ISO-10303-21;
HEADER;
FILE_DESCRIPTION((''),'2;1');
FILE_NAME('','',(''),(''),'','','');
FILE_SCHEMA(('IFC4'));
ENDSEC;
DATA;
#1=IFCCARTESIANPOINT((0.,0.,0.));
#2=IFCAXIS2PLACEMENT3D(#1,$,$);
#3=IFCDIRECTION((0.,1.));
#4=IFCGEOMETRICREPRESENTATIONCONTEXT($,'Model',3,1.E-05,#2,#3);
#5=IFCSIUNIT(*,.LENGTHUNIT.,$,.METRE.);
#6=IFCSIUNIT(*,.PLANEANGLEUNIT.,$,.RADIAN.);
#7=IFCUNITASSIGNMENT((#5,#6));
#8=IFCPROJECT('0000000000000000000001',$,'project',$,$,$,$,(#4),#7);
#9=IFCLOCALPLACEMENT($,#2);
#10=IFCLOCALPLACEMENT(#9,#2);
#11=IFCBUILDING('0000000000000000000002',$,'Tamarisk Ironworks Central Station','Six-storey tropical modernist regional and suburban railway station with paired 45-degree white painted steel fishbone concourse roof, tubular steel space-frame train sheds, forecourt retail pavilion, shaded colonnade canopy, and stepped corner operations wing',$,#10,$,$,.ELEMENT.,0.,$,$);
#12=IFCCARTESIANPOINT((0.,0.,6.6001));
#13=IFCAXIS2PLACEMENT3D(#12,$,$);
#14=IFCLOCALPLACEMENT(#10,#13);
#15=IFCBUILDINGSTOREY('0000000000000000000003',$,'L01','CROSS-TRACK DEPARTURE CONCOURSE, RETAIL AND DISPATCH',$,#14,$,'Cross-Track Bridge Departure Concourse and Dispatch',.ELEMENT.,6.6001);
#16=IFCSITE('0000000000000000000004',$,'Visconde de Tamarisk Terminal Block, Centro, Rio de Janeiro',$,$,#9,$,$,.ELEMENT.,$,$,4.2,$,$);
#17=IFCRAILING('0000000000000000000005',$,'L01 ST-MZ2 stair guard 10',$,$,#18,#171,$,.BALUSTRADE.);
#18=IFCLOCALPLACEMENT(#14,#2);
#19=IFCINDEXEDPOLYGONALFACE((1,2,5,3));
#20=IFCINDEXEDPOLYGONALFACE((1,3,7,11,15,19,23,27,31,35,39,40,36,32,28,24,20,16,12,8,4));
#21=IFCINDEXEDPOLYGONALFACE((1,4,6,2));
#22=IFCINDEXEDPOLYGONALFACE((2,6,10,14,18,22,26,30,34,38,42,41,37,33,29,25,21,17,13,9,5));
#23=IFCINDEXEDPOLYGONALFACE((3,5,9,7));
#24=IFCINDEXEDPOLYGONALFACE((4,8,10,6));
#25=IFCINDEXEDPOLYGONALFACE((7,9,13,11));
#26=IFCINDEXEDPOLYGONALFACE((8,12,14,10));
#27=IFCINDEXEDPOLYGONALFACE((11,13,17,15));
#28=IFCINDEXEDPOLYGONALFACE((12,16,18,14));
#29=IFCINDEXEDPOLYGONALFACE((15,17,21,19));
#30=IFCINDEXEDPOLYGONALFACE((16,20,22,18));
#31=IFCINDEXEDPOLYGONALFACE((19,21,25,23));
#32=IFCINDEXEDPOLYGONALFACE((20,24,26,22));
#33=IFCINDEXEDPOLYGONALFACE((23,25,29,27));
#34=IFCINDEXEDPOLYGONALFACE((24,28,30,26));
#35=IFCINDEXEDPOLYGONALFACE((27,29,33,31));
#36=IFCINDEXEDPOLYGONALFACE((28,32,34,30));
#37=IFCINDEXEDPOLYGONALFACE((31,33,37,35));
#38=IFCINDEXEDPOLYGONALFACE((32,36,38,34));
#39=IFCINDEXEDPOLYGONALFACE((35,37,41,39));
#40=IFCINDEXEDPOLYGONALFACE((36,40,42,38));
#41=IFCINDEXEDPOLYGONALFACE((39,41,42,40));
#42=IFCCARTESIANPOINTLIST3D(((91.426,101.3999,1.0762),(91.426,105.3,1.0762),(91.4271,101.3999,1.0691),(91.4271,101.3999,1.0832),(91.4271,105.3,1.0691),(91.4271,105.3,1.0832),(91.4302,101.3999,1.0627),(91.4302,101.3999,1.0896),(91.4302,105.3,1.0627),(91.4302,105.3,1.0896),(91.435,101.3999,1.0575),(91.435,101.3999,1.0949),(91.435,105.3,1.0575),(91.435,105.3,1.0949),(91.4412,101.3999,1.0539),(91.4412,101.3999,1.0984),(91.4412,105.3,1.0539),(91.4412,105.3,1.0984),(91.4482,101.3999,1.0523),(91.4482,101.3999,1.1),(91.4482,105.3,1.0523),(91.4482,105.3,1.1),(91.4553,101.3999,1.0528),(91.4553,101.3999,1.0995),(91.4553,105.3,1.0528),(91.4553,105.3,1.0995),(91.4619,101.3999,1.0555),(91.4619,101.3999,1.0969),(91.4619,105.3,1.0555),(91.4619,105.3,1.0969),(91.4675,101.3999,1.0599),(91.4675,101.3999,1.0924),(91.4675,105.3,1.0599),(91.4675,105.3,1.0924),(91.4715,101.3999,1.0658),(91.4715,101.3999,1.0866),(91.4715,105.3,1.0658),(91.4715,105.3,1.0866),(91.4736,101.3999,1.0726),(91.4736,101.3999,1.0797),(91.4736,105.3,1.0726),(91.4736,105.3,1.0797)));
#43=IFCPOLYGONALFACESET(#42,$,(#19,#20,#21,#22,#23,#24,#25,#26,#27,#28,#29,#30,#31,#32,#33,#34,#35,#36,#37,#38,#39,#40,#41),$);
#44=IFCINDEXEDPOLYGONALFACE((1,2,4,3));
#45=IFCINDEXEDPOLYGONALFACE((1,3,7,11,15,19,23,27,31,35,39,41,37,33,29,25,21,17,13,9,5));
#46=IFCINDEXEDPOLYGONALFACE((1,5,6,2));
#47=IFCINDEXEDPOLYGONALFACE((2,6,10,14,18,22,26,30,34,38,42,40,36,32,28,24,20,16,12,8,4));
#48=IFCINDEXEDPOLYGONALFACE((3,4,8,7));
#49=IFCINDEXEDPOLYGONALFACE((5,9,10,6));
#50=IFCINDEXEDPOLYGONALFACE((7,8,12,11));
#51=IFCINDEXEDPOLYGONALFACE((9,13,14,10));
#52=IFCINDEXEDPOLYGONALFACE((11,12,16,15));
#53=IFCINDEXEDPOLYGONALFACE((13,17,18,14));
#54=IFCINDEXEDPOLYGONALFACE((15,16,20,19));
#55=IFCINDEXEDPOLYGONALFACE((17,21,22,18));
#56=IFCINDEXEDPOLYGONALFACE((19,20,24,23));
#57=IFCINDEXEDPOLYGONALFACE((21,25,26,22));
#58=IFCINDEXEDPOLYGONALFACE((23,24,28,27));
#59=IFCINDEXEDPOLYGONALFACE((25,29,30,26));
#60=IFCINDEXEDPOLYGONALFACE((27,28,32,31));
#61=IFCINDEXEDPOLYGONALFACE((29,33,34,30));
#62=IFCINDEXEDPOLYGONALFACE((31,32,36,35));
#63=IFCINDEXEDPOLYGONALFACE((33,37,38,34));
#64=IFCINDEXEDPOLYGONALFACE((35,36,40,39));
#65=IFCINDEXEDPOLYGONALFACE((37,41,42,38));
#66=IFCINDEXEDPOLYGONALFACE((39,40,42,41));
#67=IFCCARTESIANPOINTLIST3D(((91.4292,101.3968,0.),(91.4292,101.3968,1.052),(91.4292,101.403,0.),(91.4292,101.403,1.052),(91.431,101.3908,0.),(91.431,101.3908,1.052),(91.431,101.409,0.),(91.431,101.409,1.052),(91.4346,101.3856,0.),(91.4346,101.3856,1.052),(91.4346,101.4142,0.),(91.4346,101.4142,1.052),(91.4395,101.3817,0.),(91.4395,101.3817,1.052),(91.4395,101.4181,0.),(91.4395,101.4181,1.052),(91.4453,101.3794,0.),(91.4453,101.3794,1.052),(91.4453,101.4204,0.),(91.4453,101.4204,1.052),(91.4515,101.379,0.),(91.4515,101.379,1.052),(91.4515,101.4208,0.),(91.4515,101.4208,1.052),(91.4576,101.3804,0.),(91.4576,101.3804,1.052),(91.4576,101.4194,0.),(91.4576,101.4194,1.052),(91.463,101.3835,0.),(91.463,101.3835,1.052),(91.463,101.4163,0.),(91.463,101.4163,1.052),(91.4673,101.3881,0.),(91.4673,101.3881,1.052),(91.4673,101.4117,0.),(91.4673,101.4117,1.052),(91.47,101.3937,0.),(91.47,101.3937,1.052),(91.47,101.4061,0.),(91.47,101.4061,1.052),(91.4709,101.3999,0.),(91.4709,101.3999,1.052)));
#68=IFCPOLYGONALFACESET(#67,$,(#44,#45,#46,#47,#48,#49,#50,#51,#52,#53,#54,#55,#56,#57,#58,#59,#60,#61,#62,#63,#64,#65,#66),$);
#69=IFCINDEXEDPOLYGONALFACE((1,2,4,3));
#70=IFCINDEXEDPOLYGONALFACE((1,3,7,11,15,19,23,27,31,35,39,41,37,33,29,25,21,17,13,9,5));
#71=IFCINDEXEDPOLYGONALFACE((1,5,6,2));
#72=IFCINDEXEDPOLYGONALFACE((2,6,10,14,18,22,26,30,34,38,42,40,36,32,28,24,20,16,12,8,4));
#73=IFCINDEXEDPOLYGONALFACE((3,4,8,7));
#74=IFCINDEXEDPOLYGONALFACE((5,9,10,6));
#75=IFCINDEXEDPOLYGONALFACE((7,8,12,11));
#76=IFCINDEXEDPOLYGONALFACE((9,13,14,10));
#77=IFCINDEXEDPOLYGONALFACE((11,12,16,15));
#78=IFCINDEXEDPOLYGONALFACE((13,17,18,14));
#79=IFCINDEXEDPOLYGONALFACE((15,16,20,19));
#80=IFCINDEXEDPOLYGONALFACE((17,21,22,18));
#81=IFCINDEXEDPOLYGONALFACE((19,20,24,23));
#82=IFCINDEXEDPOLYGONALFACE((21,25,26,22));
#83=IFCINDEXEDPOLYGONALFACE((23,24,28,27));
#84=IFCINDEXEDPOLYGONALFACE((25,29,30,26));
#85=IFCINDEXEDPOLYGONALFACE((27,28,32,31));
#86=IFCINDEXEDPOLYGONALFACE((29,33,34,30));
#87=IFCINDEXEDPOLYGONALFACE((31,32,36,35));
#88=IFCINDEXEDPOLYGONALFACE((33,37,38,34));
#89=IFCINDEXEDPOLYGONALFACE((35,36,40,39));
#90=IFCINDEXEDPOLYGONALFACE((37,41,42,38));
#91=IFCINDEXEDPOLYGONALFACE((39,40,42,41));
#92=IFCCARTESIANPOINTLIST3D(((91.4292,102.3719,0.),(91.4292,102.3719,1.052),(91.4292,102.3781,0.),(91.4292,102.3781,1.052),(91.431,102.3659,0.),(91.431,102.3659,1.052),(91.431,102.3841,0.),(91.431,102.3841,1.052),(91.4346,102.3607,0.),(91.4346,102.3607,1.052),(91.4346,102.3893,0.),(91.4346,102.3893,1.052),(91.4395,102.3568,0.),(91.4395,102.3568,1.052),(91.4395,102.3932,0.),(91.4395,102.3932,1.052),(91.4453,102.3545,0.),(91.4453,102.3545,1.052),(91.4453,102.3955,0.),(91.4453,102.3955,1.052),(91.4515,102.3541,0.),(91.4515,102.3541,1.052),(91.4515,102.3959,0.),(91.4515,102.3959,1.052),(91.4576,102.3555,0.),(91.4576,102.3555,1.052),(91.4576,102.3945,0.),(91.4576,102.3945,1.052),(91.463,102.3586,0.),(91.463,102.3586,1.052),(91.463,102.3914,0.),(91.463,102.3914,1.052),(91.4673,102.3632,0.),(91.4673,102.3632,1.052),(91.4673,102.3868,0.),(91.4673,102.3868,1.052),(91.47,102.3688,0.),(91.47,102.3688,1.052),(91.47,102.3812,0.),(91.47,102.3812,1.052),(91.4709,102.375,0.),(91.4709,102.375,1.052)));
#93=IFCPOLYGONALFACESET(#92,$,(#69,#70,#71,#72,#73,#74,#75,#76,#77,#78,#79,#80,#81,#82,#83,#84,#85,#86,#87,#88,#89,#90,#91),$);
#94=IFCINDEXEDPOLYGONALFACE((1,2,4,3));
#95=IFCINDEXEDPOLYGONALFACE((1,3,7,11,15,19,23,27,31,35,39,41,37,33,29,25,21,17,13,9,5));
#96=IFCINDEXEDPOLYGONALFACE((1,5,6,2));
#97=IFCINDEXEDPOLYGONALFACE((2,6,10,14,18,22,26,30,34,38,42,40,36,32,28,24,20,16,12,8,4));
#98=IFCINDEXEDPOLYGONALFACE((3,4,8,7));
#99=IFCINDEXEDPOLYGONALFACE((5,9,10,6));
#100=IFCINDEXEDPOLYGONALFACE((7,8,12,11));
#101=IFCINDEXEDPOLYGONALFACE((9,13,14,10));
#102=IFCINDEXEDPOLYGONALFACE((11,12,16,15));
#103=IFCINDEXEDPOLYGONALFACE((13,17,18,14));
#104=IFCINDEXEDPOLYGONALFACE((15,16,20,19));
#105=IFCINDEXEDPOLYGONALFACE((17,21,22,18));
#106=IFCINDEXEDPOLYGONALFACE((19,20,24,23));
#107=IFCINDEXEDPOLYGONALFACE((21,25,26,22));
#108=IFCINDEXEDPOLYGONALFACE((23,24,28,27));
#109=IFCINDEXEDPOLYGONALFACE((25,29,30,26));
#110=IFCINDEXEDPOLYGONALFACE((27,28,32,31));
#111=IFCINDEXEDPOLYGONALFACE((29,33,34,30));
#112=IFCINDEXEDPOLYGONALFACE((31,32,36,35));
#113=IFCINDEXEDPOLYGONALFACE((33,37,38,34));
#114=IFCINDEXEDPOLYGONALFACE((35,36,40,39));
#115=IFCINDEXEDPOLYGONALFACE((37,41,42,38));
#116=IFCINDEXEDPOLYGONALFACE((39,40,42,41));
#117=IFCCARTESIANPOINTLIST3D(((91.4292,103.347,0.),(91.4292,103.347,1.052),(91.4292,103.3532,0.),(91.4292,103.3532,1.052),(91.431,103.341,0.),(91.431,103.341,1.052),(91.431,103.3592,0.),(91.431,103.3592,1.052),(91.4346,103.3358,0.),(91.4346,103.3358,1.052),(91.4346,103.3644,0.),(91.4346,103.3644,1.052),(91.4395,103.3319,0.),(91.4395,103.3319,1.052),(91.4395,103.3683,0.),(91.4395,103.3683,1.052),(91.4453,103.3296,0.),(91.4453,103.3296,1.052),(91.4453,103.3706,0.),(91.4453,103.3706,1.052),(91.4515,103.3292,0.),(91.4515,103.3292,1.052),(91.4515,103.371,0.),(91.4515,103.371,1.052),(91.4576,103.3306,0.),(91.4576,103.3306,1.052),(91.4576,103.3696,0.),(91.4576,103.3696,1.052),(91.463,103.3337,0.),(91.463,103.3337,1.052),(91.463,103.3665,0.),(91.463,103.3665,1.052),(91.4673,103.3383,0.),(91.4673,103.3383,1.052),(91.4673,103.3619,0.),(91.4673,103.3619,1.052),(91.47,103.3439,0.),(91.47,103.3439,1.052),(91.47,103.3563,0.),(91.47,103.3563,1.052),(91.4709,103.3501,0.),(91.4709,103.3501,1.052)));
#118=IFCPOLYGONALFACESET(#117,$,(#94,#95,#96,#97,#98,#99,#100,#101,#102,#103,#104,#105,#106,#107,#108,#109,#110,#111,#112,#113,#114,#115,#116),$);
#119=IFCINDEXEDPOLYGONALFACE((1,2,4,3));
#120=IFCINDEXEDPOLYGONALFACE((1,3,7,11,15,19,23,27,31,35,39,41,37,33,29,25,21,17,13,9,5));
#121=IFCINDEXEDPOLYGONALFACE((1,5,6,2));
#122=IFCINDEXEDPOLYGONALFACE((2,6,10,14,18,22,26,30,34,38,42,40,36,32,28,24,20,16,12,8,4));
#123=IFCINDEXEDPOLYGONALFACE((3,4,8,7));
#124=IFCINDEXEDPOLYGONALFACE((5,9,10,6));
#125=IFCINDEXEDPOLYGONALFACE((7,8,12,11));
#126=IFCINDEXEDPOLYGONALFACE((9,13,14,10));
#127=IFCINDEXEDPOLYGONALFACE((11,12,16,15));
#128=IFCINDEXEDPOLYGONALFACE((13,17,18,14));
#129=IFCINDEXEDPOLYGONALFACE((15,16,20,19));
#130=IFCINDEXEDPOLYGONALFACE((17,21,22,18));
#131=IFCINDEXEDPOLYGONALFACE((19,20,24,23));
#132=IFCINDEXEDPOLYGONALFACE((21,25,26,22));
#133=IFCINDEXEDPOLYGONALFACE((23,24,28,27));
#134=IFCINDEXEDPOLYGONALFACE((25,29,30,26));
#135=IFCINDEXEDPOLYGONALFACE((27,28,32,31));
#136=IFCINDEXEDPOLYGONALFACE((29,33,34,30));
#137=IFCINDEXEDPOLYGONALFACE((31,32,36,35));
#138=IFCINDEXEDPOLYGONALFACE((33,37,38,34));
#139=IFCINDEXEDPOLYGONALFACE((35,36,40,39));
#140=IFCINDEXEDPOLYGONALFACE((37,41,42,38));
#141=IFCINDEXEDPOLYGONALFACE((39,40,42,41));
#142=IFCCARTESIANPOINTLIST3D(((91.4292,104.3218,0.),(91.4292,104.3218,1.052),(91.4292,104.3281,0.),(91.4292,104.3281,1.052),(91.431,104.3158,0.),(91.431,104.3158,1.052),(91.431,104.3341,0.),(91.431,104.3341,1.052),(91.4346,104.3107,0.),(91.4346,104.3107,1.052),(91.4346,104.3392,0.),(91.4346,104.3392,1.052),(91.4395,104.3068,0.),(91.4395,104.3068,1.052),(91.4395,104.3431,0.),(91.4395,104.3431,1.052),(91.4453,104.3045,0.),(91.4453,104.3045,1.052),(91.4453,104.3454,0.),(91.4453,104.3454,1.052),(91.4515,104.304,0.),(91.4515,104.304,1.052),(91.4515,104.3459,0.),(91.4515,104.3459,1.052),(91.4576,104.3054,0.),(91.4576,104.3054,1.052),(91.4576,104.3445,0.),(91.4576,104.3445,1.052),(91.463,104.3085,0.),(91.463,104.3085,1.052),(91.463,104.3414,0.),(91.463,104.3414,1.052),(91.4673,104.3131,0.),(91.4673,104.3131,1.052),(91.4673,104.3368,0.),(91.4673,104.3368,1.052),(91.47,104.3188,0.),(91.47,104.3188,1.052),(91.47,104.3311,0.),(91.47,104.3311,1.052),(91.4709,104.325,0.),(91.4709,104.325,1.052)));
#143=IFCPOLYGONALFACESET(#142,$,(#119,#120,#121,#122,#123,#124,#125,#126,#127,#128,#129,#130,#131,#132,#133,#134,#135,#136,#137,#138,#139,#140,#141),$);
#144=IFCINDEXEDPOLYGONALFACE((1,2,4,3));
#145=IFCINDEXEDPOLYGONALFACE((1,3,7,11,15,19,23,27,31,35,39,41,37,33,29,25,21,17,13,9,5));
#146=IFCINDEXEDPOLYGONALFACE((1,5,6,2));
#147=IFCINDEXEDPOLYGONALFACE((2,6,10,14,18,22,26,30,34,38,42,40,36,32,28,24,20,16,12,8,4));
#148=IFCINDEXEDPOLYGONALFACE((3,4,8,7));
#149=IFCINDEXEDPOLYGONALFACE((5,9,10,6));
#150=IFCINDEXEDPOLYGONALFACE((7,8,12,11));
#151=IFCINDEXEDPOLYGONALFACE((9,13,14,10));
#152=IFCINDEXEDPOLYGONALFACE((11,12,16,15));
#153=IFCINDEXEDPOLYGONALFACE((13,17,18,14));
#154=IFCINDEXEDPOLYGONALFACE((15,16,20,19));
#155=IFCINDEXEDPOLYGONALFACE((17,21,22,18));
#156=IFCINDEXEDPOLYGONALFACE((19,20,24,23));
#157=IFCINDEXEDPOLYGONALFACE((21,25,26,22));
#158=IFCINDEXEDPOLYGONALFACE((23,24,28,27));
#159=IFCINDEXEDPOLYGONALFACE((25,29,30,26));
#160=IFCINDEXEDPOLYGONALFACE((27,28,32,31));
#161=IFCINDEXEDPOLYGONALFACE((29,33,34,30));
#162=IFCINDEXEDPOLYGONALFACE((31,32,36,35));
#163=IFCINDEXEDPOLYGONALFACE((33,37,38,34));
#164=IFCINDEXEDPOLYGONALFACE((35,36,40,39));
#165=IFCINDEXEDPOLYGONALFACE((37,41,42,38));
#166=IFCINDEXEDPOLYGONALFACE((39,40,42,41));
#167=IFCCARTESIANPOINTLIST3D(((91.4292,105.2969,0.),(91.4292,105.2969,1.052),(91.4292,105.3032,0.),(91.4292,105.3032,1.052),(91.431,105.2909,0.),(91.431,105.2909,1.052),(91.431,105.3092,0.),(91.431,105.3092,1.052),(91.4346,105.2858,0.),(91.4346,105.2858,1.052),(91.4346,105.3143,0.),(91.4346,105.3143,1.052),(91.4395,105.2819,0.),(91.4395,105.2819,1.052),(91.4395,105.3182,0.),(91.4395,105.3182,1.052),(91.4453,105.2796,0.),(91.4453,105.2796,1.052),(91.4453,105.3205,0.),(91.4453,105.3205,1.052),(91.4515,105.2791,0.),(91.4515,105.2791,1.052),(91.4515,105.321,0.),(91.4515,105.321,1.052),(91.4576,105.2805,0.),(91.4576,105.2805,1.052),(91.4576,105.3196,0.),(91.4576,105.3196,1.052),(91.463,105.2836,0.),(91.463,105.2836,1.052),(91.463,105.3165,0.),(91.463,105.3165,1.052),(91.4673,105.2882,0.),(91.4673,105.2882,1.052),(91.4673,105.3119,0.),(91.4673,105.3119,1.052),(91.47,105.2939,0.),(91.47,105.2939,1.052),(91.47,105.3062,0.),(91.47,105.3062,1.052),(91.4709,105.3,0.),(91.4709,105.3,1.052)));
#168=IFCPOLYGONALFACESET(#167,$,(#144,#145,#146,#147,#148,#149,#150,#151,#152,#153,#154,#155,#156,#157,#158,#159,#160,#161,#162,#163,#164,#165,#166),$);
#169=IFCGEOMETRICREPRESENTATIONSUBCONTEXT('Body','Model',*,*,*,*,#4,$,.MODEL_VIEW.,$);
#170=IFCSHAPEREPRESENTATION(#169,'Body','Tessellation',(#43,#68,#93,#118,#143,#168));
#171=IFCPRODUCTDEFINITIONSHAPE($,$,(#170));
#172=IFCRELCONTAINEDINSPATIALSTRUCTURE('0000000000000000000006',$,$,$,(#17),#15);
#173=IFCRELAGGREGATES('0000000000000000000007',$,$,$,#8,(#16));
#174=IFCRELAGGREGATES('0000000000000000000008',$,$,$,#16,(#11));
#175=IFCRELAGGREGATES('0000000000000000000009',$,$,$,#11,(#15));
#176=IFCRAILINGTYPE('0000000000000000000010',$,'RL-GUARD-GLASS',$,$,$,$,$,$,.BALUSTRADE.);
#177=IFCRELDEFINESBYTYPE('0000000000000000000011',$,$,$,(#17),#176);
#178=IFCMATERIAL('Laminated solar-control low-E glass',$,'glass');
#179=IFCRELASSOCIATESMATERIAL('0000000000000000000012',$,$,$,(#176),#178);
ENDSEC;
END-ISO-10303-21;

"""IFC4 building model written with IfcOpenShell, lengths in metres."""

from ifc_helpers import new_model, si_unit, direction, frame, origin, origin_2d, place, context, subcontext, project, spatial, circle, extrude, material, type_object, element, save


model = new_model("IFC4")

# Units and contexts
model_context = context("Model", 3, precision=1e-05, world=origin(), true_north=direction((0.0, 1.0)))
body_context = subcontext(model_context, "Body", "Model", "MODEL_VIEW")
ifc_project = project(units=[si_unit("LENGTHUNIT", "METRE"), si_unit("PLANEANGLEUNIT", "RADIAN")], contexts=[model_context])

# Site, building, storey
site_placement = place(None, origin())
site = spatial("IfcSite", under=ifc_project, at=site_placement, Name="Visconde de Tamarisk Terminal Block, Centro, Rio de Janeiro", CompositionType="ELEMENT", RefElevation=4.2)
building_placement = place(site_placement, origin())
building = spatial("IfcBuilding", under=site, at=building_placement, Name="Tamarisk Ironworks Central Station", Description="Six-storey tropical modernist regional and suburban railway station with paired 45-degree white painted steel fishbone concourse roof, tubular steel space-frame train sheds, forecourt retail pavilion, shaded colonnade canopy, and stepped corner operations wing", CompositionType="ELEMENT", ElevationOfRefHeight=0.0)
storey_placement = place(building_placement, frame((0.0, 0.0, 6.6001)))
storey = spatial("IfcBuildingStorey", under=building, at=storey_placement, Name="L01", Description="CROSS-TRACK DEPARTURE CONCOURSE, RETAIL AND DISPATCH", LongName="Cross-Track Bridge Departure Concourse and Dispatch", CompositionType="ELEMENT", Elevation=6.6001)

# Shared definitions
ifc_material_1 = material(Name="Laminated solar-control low-E glass", Category="glass")

# Railing
railing_type_1 = type_object("IfcRailingType", Name="RL-GUARD-GLASS", PredefinedType="BALUSTRADE", material=ifc_material_1)
railing_1_placement = place(storey_placement, frame((91.45, 101.3999, 0.0)))
element("IfcRailing", 1, at=railing_1_placement, inside=storey, type_object=railing_type_1, Name="L01 ST-MZ2 stair guard 10", PredefinedType="BALUSTRADE", context=body_context, shape_type="SweptSolid", body=[
    extrude(circle(Radius=0.0239, at=origin_2d()), frame((0.0, 0.0, 1.0762), z_axis=(0.0, 1.0, 0.0), x_axis=(-1.0, 0.0, 0.0)), (0.0, 0.0, 1.0), 3.9001),
    extrude(circle(Radius=0.021, at=origin_2d()), origin(), (0.0, 0.0, 1.0), 1.052),
    extrude(circle(Radius=0.021, at=origin_2d()), frame((0.0, 0.9751, 0.0)), (0.0, 0.0, 1.0), 1.052),
    extrude(circle(Radius=0.021, at=origin_2d()), frame((0.0, 1.9502, 0.0)), (0.0, 0.0, 1.0), 1.052),
    extrude(circle(Radius=0.021, at=origin_2d()), frame((0.0, 2.925, 0.0)), (0.0, 0.0, 1.0), 1.052),
    extrude(circle(Radius=0.021, at=origin_2d()), frame((0.0, 3.9001, 0.0)), (0.0, 0.0, 1.0), 1.052),
])

save(model, "model.ifc")
